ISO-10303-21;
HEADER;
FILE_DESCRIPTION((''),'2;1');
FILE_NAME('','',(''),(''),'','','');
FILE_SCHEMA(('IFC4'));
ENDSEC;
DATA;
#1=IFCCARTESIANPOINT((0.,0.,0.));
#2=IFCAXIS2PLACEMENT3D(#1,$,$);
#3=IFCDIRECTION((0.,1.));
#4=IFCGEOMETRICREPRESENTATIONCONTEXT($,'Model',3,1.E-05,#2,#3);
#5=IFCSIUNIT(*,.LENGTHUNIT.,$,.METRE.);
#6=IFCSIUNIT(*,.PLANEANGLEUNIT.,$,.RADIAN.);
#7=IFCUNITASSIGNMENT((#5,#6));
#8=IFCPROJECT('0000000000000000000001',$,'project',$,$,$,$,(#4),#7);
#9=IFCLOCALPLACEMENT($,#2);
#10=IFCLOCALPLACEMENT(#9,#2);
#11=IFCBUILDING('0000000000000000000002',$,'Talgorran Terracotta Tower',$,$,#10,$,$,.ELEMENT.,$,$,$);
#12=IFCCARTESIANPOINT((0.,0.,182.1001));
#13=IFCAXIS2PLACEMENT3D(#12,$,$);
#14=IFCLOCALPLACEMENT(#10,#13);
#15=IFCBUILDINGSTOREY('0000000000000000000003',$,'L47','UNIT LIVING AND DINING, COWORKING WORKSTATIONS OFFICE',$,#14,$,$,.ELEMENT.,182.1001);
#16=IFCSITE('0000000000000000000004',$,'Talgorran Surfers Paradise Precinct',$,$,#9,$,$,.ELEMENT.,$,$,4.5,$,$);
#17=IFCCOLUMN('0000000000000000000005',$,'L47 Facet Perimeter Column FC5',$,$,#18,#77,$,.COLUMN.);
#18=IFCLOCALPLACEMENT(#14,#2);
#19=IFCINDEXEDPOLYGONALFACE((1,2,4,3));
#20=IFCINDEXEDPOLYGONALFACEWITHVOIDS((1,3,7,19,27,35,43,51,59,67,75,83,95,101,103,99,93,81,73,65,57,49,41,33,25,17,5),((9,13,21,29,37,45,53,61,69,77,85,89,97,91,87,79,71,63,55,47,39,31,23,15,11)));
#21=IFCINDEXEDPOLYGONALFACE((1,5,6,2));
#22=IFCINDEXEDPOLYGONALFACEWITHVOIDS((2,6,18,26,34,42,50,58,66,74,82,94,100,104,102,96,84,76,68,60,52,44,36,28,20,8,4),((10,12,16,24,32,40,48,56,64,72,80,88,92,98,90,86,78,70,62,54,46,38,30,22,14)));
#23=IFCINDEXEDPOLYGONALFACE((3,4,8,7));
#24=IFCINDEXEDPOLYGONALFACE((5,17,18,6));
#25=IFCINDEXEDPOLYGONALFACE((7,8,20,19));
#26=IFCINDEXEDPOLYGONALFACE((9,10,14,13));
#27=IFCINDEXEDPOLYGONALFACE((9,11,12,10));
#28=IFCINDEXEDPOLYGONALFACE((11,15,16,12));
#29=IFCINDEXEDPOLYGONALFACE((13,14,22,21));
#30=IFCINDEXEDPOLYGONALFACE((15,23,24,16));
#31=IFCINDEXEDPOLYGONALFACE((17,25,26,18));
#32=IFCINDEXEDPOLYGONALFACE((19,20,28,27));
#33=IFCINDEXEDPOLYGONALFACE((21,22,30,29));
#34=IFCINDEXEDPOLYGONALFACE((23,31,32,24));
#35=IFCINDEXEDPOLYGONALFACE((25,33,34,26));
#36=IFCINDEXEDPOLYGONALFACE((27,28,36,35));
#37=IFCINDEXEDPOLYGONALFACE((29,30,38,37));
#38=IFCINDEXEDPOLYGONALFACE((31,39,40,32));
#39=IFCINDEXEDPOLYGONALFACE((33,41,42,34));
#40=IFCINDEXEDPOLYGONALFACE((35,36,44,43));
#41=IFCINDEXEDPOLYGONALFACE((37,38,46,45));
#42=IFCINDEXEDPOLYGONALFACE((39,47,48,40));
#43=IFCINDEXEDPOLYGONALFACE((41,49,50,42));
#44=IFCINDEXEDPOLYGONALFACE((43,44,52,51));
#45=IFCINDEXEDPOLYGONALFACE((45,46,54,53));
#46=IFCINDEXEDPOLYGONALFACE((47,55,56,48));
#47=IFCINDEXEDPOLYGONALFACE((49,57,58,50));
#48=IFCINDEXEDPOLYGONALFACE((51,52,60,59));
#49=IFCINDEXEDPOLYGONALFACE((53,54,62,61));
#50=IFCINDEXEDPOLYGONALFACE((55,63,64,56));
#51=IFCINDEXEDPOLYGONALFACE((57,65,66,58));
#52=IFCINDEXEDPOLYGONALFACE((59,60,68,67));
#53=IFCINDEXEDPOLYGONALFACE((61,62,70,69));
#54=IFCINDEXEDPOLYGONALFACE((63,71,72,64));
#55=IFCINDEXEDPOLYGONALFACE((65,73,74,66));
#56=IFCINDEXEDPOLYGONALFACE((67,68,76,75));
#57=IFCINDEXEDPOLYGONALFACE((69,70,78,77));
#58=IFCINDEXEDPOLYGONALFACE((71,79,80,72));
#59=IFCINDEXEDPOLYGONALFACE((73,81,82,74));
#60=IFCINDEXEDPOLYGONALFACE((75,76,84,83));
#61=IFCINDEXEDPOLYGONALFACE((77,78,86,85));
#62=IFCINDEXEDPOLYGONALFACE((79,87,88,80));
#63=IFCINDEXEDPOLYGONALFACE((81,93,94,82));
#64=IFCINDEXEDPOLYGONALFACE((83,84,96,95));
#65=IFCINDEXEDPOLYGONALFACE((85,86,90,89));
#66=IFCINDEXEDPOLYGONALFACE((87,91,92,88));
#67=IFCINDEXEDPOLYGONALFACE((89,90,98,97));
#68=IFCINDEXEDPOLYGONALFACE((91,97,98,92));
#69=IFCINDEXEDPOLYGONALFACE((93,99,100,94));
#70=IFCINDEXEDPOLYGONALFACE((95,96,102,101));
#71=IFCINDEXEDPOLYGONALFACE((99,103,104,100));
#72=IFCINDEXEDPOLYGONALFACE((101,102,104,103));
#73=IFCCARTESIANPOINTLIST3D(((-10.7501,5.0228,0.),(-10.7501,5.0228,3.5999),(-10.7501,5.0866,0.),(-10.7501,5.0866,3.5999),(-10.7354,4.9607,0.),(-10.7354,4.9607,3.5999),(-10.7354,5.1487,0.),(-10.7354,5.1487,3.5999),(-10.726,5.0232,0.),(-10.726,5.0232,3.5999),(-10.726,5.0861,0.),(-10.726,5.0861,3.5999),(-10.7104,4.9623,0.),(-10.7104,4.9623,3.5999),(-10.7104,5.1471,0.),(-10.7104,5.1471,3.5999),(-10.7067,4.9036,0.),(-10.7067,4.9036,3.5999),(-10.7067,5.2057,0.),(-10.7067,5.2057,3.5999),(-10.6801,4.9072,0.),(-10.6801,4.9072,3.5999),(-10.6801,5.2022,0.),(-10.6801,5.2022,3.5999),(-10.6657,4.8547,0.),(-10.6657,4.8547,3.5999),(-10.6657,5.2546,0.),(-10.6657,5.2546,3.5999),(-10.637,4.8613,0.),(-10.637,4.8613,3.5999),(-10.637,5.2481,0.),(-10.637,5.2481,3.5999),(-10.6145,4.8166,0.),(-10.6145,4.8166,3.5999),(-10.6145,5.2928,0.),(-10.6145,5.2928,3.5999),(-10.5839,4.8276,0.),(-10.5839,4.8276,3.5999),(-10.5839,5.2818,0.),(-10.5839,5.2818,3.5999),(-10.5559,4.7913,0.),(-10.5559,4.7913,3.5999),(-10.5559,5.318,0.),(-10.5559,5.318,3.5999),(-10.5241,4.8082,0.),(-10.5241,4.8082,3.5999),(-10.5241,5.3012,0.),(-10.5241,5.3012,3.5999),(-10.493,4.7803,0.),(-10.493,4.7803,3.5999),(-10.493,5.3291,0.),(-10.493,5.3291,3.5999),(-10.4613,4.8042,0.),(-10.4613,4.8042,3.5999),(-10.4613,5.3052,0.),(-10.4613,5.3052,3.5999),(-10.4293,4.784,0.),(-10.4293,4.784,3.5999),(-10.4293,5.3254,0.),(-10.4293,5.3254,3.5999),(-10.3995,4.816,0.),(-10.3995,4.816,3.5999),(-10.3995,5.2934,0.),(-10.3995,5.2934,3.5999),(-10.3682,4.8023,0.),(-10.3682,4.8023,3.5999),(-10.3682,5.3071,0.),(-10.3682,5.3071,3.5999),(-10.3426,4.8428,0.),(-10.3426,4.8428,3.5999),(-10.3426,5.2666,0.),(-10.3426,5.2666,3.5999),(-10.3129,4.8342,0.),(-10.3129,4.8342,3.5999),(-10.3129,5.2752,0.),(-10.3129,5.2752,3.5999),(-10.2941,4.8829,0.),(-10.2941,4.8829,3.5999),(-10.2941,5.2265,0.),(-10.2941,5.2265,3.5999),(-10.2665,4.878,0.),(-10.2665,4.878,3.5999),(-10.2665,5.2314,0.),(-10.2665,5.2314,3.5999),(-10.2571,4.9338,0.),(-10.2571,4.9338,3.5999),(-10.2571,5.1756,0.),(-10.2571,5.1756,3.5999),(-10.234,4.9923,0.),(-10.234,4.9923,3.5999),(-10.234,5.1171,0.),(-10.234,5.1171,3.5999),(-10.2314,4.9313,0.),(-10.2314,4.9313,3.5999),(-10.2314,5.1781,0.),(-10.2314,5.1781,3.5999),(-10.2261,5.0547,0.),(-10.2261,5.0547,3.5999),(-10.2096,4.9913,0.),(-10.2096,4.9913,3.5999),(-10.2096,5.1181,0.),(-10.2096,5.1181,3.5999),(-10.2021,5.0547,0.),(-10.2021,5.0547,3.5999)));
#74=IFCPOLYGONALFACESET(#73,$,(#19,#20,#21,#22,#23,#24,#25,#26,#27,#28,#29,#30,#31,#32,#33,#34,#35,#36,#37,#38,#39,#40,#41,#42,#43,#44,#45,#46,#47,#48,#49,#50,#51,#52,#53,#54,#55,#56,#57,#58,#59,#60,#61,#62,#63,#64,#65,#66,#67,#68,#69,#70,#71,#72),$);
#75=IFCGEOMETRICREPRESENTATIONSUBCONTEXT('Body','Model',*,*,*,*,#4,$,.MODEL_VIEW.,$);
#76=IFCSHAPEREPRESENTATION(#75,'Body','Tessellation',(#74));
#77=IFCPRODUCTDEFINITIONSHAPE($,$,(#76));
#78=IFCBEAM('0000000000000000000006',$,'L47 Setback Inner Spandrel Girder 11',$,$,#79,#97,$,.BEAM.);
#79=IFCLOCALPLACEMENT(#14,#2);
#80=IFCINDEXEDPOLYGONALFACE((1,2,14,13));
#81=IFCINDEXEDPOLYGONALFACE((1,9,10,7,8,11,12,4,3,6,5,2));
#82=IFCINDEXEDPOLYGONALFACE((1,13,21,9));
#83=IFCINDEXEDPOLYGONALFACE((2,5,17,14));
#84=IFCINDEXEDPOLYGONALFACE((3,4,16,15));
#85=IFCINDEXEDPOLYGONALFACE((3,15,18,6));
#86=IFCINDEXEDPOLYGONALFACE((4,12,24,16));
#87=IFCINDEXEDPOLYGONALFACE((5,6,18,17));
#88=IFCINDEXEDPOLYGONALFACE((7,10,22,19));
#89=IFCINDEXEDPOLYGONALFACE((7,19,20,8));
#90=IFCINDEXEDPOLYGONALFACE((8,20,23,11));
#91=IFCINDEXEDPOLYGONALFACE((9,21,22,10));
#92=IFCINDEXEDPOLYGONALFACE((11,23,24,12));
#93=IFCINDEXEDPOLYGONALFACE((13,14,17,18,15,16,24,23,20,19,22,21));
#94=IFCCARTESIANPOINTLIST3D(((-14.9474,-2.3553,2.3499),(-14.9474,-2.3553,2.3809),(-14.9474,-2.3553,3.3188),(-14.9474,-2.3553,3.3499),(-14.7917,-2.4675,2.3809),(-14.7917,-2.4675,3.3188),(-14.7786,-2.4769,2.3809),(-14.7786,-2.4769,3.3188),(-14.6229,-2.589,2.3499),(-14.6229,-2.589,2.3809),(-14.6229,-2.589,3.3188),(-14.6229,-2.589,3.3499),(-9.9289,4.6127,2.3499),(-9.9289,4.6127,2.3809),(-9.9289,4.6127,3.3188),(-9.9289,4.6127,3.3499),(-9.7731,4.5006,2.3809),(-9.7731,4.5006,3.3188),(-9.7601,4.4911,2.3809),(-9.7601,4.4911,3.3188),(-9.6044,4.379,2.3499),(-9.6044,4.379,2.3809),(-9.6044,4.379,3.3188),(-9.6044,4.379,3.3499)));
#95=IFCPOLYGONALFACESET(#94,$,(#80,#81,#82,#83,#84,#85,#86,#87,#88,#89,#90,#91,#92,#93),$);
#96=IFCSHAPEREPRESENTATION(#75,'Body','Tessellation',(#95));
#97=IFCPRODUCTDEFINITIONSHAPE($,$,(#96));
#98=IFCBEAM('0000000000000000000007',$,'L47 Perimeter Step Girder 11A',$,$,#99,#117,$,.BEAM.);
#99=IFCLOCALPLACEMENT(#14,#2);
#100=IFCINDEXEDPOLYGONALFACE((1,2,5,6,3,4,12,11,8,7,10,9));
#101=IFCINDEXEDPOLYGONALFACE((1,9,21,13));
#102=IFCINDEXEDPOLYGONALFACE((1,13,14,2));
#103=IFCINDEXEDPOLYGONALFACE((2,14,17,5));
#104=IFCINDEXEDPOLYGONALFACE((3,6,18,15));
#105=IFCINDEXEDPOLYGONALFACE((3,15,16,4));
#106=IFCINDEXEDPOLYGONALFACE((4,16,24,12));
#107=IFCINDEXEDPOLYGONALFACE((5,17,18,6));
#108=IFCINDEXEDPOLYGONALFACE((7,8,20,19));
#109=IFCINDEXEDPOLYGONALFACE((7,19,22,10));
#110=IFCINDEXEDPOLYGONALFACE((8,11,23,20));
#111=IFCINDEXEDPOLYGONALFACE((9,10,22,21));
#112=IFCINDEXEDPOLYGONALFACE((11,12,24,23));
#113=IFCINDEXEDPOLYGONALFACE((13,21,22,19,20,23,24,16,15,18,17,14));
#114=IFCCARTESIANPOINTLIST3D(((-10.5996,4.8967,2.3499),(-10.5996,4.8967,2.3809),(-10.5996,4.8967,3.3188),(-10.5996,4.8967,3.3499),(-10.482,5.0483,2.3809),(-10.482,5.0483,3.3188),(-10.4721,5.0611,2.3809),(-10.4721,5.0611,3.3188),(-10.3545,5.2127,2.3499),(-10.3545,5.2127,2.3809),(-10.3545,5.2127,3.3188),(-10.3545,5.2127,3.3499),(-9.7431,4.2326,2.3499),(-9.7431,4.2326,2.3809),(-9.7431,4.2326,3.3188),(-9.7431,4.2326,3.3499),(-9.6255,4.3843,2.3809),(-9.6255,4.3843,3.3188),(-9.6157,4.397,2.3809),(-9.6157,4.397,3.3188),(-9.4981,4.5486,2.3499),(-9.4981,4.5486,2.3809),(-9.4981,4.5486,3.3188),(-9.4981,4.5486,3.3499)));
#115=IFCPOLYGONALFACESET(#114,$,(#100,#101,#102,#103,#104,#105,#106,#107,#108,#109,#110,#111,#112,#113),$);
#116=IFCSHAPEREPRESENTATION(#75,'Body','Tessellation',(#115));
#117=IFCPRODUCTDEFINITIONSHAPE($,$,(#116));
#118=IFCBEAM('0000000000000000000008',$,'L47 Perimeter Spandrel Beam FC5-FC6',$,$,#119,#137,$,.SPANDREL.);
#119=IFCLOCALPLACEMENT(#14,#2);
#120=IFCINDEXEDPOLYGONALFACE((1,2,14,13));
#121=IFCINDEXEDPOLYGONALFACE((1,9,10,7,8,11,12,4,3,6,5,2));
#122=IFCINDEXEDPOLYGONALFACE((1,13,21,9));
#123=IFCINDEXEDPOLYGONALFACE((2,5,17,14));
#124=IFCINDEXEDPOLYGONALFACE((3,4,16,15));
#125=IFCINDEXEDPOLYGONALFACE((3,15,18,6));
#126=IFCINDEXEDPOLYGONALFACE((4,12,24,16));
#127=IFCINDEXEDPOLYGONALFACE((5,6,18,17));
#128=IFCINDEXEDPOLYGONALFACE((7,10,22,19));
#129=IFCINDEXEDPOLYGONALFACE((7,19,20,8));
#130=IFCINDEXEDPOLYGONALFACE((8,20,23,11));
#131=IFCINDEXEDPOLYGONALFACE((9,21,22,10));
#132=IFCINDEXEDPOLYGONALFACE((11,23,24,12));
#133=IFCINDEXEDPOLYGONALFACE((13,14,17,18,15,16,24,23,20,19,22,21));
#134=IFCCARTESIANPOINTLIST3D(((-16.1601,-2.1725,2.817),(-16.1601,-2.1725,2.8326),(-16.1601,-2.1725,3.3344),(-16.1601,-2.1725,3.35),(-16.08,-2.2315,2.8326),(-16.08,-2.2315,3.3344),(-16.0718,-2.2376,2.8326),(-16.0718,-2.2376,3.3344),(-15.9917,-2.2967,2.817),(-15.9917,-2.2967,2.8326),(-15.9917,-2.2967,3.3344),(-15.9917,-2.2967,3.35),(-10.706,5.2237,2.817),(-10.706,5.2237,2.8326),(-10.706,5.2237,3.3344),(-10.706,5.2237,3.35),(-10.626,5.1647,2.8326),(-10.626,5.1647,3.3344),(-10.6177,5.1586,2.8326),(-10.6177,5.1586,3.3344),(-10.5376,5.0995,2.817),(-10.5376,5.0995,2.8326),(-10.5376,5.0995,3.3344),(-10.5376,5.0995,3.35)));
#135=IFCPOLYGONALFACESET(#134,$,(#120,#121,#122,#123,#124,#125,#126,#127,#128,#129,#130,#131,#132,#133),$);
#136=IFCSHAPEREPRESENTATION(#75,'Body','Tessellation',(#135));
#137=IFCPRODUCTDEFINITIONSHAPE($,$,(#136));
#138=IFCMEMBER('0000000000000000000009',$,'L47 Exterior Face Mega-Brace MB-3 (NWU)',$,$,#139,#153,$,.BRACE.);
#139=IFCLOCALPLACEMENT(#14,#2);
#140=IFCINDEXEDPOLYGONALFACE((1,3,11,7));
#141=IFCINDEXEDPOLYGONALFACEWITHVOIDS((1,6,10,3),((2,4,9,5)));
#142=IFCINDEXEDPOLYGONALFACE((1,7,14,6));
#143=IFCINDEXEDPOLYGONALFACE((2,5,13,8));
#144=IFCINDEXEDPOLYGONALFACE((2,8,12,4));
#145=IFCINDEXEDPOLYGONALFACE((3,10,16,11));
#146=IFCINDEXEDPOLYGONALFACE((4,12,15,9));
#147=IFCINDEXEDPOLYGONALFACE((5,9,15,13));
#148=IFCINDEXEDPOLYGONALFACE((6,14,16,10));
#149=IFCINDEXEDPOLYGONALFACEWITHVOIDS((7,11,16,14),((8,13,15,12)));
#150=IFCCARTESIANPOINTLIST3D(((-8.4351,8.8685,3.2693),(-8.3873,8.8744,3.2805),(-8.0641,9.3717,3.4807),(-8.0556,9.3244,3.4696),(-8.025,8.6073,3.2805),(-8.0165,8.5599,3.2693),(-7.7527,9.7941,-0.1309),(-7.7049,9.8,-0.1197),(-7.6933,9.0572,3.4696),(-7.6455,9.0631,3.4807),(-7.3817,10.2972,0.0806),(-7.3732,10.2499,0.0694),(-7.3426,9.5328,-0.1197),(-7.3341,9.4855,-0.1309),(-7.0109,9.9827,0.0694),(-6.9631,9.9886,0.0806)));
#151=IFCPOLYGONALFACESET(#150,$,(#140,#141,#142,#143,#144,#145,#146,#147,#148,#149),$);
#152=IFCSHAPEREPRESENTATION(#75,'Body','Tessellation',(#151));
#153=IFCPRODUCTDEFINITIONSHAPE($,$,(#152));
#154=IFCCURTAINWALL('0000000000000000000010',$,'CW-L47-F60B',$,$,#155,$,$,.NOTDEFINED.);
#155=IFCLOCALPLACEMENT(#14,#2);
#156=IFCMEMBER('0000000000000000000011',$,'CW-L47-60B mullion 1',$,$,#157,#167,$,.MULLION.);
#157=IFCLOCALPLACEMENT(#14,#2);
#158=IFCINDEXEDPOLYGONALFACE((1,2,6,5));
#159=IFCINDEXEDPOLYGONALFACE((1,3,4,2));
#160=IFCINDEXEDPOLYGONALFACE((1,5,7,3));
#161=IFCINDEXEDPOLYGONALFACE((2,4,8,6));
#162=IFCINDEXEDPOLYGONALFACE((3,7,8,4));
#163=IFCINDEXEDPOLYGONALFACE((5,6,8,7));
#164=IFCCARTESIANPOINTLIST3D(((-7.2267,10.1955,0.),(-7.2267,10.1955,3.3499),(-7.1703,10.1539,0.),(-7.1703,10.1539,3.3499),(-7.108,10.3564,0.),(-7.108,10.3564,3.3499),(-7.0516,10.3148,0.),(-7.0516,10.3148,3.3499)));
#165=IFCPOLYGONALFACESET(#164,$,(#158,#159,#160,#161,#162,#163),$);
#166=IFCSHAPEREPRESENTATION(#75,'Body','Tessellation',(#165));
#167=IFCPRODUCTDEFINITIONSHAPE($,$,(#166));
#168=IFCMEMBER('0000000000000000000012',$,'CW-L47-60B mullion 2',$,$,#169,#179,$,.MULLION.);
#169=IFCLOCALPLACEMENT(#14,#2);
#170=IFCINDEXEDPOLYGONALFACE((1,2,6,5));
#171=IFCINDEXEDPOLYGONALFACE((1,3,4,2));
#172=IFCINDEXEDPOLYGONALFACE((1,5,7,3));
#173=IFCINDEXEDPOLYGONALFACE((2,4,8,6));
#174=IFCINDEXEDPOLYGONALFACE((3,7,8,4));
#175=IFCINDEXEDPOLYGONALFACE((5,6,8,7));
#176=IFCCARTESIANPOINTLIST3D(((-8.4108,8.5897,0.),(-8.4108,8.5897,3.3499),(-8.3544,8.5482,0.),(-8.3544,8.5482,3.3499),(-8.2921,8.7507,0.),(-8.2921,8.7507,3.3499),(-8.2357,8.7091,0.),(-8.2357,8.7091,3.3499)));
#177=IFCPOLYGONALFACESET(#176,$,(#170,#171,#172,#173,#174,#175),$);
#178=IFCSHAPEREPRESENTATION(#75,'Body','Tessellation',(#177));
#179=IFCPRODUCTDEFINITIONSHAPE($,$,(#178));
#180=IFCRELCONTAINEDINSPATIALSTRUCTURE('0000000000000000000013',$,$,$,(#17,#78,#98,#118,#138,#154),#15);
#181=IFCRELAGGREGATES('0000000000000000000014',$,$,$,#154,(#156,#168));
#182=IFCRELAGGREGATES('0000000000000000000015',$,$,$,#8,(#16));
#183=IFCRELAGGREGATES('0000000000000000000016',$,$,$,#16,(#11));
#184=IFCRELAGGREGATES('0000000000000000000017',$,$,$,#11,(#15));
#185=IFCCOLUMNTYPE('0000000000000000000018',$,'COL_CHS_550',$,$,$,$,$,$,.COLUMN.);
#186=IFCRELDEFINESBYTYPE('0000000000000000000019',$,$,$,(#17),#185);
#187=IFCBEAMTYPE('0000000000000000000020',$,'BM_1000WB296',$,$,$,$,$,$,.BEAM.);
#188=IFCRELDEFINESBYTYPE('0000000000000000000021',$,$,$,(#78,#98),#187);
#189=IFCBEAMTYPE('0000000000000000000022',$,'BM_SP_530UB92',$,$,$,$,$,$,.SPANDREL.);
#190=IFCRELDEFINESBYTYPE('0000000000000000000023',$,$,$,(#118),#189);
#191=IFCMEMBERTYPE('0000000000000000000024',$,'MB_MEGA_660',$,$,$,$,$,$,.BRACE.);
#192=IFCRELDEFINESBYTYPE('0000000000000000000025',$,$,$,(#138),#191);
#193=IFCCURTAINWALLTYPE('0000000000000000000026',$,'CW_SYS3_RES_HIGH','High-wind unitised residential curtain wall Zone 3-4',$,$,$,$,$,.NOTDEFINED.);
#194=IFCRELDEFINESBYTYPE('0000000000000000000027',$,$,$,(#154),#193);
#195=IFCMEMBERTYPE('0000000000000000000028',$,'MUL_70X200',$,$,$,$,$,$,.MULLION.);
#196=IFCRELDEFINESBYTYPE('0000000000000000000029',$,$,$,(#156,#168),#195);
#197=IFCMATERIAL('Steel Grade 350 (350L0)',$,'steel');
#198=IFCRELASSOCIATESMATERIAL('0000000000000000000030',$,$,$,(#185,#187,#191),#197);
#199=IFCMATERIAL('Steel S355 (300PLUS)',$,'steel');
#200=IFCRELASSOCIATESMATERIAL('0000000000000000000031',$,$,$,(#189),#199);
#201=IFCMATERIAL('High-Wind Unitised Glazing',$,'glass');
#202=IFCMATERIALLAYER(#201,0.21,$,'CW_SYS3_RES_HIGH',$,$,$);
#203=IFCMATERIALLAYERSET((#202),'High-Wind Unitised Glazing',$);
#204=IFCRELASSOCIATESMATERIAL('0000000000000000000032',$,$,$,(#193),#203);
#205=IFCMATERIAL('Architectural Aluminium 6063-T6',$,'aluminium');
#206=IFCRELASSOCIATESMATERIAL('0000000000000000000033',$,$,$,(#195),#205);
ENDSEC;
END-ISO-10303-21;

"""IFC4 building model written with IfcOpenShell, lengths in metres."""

from ifc_helpers import new_model, si_unit, direction, frame, origin, origin_2d, place, context, subcontext, project, spatial, rectangle, hollow_rectangle, hollow_circle, i_section, extrude, material, layer, layer_set, material_profile, profile_set, type_object, element, aggregate, save


model = new_model("IFC4")

# Units and contexts
model_context = context("Model", 3, precision=1e-05, world=origin(), true_north=direction((0.0, 1.0)))
body_context = subcontext(model_context, "Body", "Model", "MODEL_VIEW")
ifc_project = project(units=[si_unit("LENGTHUNIT", "METRE"), si_unit("PLANEANGLEUNIT", "RADIAN")], contexts=[model_context])

# Site, building, storey
site_placement = place(None, origin())
site = spatial("IfcSite", under=ifc_project, at=site_placement, Name="Talgorran Surfers Paradise Precinct", CompositionType="ELEMENT", RefElevation=4.5)
building_placement = place(site_placement, origin())
building = spatial("IfcBuilding", under=site, at=building_placement, Name="Talgorran Terracotta Tower", CompositionType="ELEMENT")
storey_placement = place(building_placement, frame((0.0, 0.0, 182.1001)))
storey = spatial("IfcBuildingStorey", under=building, at=storey_placement, Name="L47", Description="UNIT LIVING AND DINING, COWORKING WORKSTATIONS OFFICE", CompositionType="ELEMENT", Elevation=182.1001)

# Column
ifc_material_1 = material(Name="Steel Grade 350 (350L0)", Category="steel")
ifc_material_profile_1 = material_profile(ifc_material_1, hollow_circle(Radius=0.2749, WallThickness=0.0239, at=origin_2d()), Name="CHS550X24")
ifc_profile_set_1 = profile_set([ifc_material_profile_1], Name="Steel Grade 350 (350L0)")
column_type = type_object("IfcColumnType", Name="COL_CHS_550", PredefinedType="COLUMN", material=ifc_profile_set_1)
column_placement = place(storey_placement, frame((-10.4771, 5.0547, 0.0), z_axis=(0.0, 0.0, 1.0), x_axis=(1.0, 0.0, 0.0)))
element("IfcColumn", 1, at=column_placement, inside=storey, type_object=column_type, Name="L47 Facet Perimeter Column FC5", PredefinedType="COLUMN", context=body_context, shape_type="SweptSolid", body=[
    extrude(hollow_circle(Radius=0.2749, WallThickness=0.0239, at=origin_2d()), origin(), (0.0, 0.0, 1.0), 3.5999),
])

# Beams
ifc_material_profile_2 = material_profile(ifc_material_1, i_section(OverallWidth=0.3999, OverallDepth=1.0, WebThickness=0.0161, FlangeThickness=0.031, at=origin_2d()), Name="1000WB296")
ifc_profile_set_2 = profile_set([ifc_material_profile_2], Name="Steel Grade 350 (350L0)")
beam_type_1 = type_object("IfcBeamType", Name="BM_1000WB296", PredefinedType="BEAM", material=ifc_profile_set_2)
beam_1_placement = place(storey_placement, frame((-9.7666, 4.4958, 2.8499), z_axis=(-0.584426, -0.811447, 0.0), x_axis=(0.811447, -0.584426, 0.0)))
element("IfcBeam", 2, at=beam_1_placement, inside=storey, type_object=beam_type_1, Name="L47 Setback Inner Spandrel Girder 11", PredefinedType="BEAM", context=body_context, shape_type="SweptSolid", body=[
    extrude(i_section(OverallWidth=0.3999, OverallDepth=1.0, WebThickness=0.0161, FlangeThickness=0.031, at=origin_2d()), origin(), (0.0, 0.0, 1.0), 8.5872),
])
beam_2_placement = place(storey_placement, frame((-10.4771, 5.0547, 2.8499), z_axis=(0.790273, -0.612755, 0.0), x_axis=(0.612755, 0.790273, 0.0)))
element("IfcBeam", 3, at=beam_2_placement, inside=storey, type_object=beam_type_1, Name="L47 Perimeter Step Girder 11A", PredefinedType="BEAM", context=body_context, shape_type="SweptSolid", body=[
    extrude(i_section(OverallWidth=0.3999, OverallDepth=1.0, WebThickness=0.0161, FlangeThickness=0.031, at=origin_2d()), origin(), (0.0, 0.0, 1.0), 1.0837),
])
ifc_material_2 = material(Name="Steel S355 (300PLUS)", Category="steel")
ifc_material_profile_3 = material_profile(ifc_material_2, i_section(OverallWidth=0.2092, OverallDepth=0.533, WebThickness=0.0103, FlangeThickness=0.0156, at=origin_2d()), Name="530UB92.4")
ifc_profile_set_3 = profile_set([ifc_material_profile_3], Name="Steel S355 (300PLUS)")
beam_type_2 = type_object("IfcBeamType", Name="BM_SP_530UB92", PredefinedType="SPANDREL", material=ifc_profile_set_3)
beam_3_placement = place(storey_placement, frame((-10.6218, 5.1616, 3.0835), z_axis=(-0.593498, -0.804835, 0.0), x_axis=(0.804835, -0.593498, 0.0)))
element("IfcBeam", 4, at=beam_3_placement, inside=storey, type_object=beam_type_2, Name="L47 Perimeter Spandrel Beam FC5-FC6", PredefinedType="SPANDREL", context=body_context, shape_type="SweptSolid", body=[
    extrude(i_section(OverallWidth=0.2092, OverallDepth=0.533, WebThickness=0.0103, FlangeThickness=0.0156, at=origin_2d()), origin(), (0.0, 0.0, 1.0), 9.1897),
])

# Member
ifc_material_profile_4 = material_profile(ifc_material_1, hollow_rectangle(XDim=0.52, YDim=0.6599, WallThickness=0.0349, at=origin_2d()), Name="WBOX660X520X35")
ifc_profile_set_4 = profile_set([ifc_material_profile_4], Name="Steel Grade 350 (350L0)")
member_type_1 = type_object("IfcMemberType", Name="MB_MEGA_660", PredefinedType="BRACE", material=ifc_profile_set_4)
member_1_placement = place(storey_placement, frame((-7.3579, 9.8914, -0.0251), z_axis=(-0.190112, -0.257858, 0.947294), x_axis=(0.80489, -0.593424, 0.0)))
element("IfcMember", 5, at=member_1_placement, inside=storey, type_object=member_type_1, Name="L47 Exterior Face Mega-Brace MB-3 (NWU)", PredefinedType="BRACE", context=body_context, shape_type="SweptSolid", body=[
    extrude(hollow_rectangle(XDim=0.52, YDim=0.6599, WallThickness=0.0349, at=origin_2d()), origin(), (0.0, 0.0, 1.0), 3.5894),
])

# Curtain wall, members
ifc_material_3 = material(Name="High-Wind Unitised Glazing", Category="glass")
ifc_layer_1 = layer(ifc_material_3, 0.21, Name="CW_SYS3_RES_HIGH")
ifc_layer_set_1 = layer_set([ifc_layer_1], Name="High-Wind Unitised Glazing")
curtain_wall_type = type_object("IfcCurtainWallType", Name="CW_SYS3_RES_HIGH", Description="High-wind unitised residential curtain wall Zone 3-4", PredefinedType="NOTDEFINED", material=ifc_layer_set_1)
curtain_wall_1_placement = place(storey_placement, origin())
curtain_wall_1 = element("IfcCurtainWall", 6, at=curtain_wall_1_placement, inside=storey, type_object=curtain_wall_type, Name="CW-L47-F60B", PredefinedType="NOTDEFINED")
ifc_material_4 = material(Name="Architectural Aluminium 6063-T6", Category="aluminium")
ifc_material_profile_5 = material_profile(ifc_material_4, rectangle(XDim=0.0701, YDim=0.2, at=origin_2d()), Name="CWM70X200")
ifc_profile_set_5 = profile_set([ifc_material_profile_5], Name="Architectural Aluminium 6063-T6")
member_type_2 = type_object("IfcMemberType", Name="MUL_70X200", PredefinedType="MULLION", material=ifc_profile_set_5)
member_2_placement = place(storey_placement, frame((-7.1392, 10.2551, 0.0), z_axis=(0.0, 0.0, 1.0), x_axis=(0.804826, -0.593511, 0.0)))
member_2 = element("IfcMember", 7, at=member_2_placement, type_object=member_type_2, Name="CW-L47-60B mullion 1", PredefinedType="MULLION", context=body_context, shape_type="SweptSolid", body=[
    extrude(rectangle(XDim=0.0701, YDim=0.2, at=origin_2d()), origin(), (0.0, 0.0, 1.0), 3.3499),
])
member_3_placement = place(storey_placement, frame((-8.3232, 8.6494, 0.0), z_axis=(0.0, 0.0, 1.0), x_axis=(0.804826, -0.593511, 0.0)))
member_3 = element("IfcMember", 8, at=member_3_placement, type_object=member_type_2, Name="CW-L47-60B mullion 2", PredefinedType="MULLION", context=body_context, shape_type="SweptSolid", body=[
    extrude(rectangle(XDim=0.0701, YDim=0.2, at=origin_2d()), origin(), (0.0, 0.0, 1.0), 3.3499),
])

aggregate(curtain_wall_1, [member_2, member_3])

save(model, "model.ifc")
